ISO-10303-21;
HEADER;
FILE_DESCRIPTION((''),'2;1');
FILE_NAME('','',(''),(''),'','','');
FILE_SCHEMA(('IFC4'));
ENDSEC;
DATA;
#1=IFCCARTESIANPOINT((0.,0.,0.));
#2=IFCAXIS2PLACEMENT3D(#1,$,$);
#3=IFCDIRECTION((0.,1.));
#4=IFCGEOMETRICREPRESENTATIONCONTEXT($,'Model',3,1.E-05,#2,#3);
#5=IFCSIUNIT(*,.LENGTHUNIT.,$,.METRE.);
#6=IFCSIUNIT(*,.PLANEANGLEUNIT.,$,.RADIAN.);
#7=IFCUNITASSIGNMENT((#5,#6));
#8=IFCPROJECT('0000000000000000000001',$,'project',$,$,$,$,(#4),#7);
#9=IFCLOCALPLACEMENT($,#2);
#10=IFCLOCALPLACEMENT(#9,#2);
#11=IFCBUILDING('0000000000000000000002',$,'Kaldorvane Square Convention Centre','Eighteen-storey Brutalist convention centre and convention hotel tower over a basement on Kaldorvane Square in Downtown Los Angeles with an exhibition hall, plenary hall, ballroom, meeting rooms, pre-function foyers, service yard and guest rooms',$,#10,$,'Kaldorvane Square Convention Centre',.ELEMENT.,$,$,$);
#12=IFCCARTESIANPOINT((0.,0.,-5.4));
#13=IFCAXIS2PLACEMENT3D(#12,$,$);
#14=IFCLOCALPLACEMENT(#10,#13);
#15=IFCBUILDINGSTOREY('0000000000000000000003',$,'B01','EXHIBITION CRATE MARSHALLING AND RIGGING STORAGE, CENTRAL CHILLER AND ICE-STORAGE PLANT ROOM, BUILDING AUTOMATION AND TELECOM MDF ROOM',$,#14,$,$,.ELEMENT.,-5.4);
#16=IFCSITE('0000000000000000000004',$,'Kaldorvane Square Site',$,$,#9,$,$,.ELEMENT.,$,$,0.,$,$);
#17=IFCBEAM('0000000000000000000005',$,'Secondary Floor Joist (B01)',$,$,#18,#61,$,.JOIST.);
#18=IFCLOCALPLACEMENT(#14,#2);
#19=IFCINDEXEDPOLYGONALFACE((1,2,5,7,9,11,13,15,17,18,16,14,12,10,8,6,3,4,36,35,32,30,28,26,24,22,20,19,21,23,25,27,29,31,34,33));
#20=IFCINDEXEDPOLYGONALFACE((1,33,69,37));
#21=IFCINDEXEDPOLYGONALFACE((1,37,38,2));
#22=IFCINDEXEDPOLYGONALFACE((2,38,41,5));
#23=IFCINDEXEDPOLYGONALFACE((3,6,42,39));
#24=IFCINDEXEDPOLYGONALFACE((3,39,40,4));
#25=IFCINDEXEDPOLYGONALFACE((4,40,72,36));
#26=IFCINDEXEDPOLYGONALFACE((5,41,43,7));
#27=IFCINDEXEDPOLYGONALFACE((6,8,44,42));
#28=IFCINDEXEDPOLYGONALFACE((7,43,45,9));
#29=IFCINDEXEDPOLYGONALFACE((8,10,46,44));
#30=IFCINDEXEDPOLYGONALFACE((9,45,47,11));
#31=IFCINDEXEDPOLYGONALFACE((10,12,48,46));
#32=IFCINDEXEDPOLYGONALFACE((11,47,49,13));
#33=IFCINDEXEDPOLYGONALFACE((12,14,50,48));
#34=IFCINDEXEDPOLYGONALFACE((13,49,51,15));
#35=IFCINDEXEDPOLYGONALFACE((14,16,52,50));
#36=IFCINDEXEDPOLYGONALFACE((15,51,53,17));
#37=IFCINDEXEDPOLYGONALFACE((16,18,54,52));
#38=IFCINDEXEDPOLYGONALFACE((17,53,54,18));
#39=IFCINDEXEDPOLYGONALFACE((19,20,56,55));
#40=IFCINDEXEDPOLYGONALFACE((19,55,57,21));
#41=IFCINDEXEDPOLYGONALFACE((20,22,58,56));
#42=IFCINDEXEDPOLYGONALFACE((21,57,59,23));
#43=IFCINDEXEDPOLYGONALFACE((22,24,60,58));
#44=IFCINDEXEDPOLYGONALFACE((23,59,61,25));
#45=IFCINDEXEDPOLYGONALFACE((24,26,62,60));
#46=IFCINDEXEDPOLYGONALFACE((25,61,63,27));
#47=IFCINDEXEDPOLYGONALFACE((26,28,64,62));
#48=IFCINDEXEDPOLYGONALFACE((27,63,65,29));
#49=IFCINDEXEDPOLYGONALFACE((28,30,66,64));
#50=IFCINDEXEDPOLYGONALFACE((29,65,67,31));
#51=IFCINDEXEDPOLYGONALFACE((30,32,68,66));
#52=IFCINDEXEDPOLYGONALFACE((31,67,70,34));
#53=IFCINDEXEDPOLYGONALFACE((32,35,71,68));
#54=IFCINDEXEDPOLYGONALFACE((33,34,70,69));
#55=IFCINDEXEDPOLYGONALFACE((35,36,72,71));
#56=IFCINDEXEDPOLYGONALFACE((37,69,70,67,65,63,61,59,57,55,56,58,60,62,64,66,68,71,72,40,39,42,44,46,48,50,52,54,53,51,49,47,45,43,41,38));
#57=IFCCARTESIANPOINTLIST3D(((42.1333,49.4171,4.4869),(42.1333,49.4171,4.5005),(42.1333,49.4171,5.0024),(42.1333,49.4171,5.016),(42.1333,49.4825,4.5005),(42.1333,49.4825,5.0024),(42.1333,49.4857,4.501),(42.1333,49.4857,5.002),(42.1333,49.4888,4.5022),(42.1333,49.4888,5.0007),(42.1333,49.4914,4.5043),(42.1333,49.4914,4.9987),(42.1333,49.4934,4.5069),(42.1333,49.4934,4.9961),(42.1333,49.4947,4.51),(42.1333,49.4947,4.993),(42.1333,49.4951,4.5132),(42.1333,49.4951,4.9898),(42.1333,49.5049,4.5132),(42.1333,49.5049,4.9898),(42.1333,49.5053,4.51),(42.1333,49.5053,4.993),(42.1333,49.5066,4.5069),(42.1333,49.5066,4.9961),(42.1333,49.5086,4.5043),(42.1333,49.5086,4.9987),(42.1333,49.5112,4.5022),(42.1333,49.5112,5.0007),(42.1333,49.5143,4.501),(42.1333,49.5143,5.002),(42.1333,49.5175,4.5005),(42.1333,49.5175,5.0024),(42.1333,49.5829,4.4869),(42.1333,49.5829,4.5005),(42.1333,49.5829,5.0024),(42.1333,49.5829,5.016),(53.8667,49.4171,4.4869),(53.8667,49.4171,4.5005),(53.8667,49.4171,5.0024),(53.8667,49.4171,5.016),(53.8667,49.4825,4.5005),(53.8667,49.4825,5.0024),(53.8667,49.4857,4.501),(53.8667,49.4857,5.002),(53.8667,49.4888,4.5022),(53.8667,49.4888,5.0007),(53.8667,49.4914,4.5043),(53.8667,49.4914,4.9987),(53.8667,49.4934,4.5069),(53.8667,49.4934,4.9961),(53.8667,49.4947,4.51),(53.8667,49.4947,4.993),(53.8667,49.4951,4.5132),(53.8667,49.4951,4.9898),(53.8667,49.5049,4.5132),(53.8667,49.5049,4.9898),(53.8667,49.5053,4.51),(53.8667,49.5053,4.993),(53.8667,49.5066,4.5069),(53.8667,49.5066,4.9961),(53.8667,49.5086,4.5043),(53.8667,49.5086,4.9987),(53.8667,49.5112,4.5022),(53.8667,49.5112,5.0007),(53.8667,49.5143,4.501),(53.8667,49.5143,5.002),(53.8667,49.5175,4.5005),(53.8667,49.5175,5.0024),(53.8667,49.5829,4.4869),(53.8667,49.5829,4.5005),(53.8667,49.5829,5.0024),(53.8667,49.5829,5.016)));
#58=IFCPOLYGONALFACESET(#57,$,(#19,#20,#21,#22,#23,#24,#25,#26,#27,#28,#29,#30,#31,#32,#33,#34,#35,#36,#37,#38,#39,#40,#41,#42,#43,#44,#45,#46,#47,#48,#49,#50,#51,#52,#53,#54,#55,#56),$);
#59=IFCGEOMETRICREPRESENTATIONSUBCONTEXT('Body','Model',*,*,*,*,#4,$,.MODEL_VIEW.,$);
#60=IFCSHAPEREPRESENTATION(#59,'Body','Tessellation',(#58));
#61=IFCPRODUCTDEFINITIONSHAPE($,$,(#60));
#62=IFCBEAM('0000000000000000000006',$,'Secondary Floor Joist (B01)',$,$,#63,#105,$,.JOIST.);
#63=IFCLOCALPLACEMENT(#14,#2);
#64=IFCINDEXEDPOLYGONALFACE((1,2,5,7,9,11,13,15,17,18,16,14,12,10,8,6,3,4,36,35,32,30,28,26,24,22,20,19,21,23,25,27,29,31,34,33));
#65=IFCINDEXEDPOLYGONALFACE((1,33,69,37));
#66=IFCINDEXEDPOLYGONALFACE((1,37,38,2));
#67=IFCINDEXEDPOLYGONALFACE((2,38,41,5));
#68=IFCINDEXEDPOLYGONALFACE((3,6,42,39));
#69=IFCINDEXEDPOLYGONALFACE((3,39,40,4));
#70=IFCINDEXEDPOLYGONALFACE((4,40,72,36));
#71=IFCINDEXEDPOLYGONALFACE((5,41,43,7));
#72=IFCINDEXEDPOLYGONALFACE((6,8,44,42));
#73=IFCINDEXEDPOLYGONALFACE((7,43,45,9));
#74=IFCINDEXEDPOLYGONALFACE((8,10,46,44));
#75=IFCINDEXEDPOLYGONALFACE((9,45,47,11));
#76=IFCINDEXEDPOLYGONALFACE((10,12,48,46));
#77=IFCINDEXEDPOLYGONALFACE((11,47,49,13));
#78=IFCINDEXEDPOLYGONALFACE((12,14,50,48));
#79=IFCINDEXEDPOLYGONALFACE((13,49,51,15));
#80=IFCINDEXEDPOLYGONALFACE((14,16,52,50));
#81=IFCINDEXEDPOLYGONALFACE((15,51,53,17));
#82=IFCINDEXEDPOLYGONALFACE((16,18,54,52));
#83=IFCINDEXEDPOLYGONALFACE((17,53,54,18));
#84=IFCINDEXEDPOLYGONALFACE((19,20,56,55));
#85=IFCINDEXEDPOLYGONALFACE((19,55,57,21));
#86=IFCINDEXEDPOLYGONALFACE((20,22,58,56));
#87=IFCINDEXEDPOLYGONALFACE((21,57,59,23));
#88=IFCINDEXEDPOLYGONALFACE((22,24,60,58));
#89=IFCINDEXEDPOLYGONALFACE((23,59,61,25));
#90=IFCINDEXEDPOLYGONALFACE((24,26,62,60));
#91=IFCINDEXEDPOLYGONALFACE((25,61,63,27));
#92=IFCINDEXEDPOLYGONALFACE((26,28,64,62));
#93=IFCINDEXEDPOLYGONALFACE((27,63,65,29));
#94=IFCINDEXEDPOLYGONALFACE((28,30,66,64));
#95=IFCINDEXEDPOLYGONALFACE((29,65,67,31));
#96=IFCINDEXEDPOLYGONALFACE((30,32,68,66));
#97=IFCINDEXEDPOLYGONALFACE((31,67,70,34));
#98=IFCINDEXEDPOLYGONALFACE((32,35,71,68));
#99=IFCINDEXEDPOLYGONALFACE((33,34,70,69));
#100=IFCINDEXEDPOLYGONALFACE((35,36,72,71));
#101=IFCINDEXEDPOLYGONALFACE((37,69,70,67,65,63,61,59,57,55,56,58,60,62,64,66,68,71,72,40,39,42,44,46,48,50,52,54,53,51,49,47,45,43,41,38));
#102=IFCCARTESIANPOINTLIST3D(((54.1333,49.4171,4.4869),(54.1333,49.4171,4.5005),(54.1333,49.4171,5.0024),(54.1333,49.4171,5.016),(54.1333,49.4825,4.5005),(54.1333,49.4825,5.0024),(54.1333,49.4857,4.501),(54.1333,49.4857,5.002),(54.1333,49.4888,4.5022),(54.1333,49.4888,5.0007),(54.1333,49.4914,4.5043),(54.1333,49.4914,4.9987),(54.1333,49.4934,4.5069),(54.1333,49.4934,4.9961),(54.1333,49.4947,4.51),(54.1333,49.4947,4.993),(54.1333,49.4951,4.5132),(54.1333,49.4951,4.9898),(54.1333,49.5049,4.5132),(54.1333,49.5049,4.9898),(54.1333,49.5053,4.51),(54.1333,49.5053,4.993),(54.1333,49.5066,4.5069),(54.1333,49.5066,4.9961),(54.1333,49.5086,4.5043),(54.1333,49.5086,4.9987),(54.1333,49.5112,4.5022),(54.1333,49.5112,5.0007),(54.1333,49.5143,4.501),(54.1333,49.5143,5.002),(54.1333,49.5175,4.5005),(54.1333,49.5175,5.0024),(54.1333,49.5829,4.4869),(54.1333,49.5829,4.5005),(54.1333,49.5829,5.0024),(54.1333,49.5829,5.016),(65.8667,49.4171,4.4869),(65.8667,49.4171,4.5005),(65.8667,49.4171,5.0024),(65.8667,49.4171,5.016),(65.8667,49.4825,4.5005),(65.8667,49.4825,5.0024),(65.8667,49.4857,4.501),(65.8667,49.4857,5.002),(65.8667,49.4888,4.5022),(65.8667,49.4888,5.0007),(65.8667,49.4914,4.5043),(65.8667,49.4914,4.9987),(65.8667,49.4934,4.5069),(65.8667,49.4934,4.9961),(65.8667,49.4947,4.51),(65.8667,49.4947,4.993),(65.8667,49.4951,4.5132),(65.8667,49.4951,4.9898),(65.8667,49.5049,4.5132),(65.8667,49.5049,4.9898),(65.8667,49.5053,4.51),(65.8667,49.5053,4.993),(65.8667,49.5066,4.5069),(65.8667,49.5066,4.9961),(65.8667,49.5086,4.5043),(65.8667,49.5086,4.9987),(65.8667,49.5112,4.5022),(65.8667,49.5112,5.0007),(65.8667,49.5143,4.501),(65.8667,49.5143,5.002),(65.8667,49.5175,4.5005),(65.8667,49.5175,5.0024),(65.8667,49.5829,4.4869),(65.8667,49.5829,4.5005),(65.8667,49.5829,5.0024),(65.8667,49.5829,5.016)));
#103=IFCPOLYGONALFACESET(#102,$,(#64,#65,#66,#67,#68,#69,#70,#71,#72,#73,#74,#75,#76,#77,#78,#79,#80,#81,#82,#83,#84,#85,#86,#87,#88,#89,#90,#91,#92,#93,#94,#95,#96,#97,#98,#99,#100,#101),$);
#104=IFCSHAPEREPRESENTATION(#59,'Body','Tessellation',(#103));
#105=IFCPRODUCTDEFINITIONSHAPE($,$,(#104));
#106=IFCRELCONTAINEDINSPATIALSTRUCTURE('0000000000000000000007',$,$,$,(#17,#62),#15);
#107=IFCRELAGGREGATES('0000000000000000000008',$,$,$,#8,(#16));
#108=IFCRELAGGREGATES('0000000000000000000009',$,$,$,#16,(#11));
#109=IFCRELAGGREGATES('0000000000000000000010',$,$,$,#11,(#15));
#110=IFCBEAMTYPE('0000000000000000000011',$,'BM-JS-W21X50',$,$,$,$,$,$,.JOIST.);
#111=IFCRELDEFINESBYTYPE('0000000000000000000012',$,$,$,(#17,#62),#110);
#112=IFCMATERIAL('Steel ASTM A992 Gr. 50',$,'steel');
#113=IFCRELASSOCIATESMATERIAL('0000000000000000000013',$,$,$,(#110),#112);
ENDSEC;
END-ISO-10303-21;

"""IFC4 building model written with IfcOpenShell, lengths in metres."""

from ifc_helpers import new_model, si_unit, direction, frame, origin, origin_2d, place, context, subcontext, project, spatial, i_section, extrude, material, material_profile, profile_set, type_object, element, save


model = new_model("IFC4")

# Units and contexts
model_context = context("Model", 3, precision=1e-05, world=origin(), true_north=direction((0.0, 1.0)))
body_context = subcontext(model_context, "Body", "Model", "MODEL_VIEW")
ifc_project = project(units=[si_unit("LENGTHUNIT", "METRE"), si_unit("PLANEANGLEUNIT", "RADIAN")], contexts=[model_context])

# Site, building, storey
site_placement = place(None, origin())
site = spatial("IfcSite", under=ifc_project, at=site_placement, Name="Kaldorvane Square Site", CompositionType="ELEMENT", RefElevation=0.0)
building_placement = place(site_placement, origin())
building = spatial("IfcBuilding", under=site, at=building_placement, Name="Kaldorvane Square Convention Centre", Description="Eighteen-storey Brutalist convention centre and convention hotel tower over a basement on Kaldorvane Square in Downtown Los Angeles with an exhibition hall, plenary hall, ballroom, meeting rooms, pre-function foyers, service yard and guest rooms", LongName="Kaldorvane Square Convention Centre", CompositionType="ELEMENT")
storey_placement = place(building_placement, frame((0.0, 0.0, -5.4)))
storey = spatial("IfcBuildingStorey", under=building, at=storey_placement, Name="B01", Description="EXHIBITION CRATE MARSHALLING AND RIGGING STORAGE, CENTRAL CHILLER AND ICE-STORAGE PLANT ROOM, BUILDING AUTOMATION AND TELECOM MDF ROOM", CompositionType="ELEMENT", Elevation=-5.4)

# Shared definitions
ifc_material_1 = material(Name="Steel ASTM A992 Gr. 50", Category="steel")

# Beams
ifc_material_profile_1 = material_profile(ifc_material_1, i_section(OverallWidth=0.1659, OverallDepth=0.5291, WebThickness=0.0097, FlangeThickness=0.0136, FilletRadius=0.0127, at=origin_2d()), Name="W21X50")
ifc_profile_set_1 = profile_set([ifc_material_profile_1], Name="Steel ASTM A992 Gr. 50")
beam_type_1 = type_object("IfcBeamType", Name="BM-JS-W21X50", PredefinedType="JOIST", material=ifc_profile_set_1)
for number, where, z_axis, x_axis, name in (
    (1, (42.1333, 49.5, 4.7515), (1.0, 0.0, 0.0), (0.0, 1.0, 0.0), "Secondary Floor Joist (B01)"),
    (2, (54.1333, 49.5, 4.7515), (1.0, 0.0, 0.0), (0.0, 1.0, 0.0), "Secondary Floor Joist (B01)"),
):
    element("IfcBeam", number, at=place(storey_placement, frame(where, z_axis=z_axis, x_axis=x_axis)), inside=storey, type_object=beam_type_1, Name=name, PredefinedType="JOIST", context=body_context, shape_type="SweptSolid", body=[
        extrude(i_section(OverallWidth=0.1659, OverallDepth=0.5291, WebThickness=0.0097, FlangeThickness=0.0136, FilletRadius=0.0127, at=origin_2d()), origin(), (0.0, 0.0, 1.0), 11.7334),
    ])

save(model, "model.ifc")
